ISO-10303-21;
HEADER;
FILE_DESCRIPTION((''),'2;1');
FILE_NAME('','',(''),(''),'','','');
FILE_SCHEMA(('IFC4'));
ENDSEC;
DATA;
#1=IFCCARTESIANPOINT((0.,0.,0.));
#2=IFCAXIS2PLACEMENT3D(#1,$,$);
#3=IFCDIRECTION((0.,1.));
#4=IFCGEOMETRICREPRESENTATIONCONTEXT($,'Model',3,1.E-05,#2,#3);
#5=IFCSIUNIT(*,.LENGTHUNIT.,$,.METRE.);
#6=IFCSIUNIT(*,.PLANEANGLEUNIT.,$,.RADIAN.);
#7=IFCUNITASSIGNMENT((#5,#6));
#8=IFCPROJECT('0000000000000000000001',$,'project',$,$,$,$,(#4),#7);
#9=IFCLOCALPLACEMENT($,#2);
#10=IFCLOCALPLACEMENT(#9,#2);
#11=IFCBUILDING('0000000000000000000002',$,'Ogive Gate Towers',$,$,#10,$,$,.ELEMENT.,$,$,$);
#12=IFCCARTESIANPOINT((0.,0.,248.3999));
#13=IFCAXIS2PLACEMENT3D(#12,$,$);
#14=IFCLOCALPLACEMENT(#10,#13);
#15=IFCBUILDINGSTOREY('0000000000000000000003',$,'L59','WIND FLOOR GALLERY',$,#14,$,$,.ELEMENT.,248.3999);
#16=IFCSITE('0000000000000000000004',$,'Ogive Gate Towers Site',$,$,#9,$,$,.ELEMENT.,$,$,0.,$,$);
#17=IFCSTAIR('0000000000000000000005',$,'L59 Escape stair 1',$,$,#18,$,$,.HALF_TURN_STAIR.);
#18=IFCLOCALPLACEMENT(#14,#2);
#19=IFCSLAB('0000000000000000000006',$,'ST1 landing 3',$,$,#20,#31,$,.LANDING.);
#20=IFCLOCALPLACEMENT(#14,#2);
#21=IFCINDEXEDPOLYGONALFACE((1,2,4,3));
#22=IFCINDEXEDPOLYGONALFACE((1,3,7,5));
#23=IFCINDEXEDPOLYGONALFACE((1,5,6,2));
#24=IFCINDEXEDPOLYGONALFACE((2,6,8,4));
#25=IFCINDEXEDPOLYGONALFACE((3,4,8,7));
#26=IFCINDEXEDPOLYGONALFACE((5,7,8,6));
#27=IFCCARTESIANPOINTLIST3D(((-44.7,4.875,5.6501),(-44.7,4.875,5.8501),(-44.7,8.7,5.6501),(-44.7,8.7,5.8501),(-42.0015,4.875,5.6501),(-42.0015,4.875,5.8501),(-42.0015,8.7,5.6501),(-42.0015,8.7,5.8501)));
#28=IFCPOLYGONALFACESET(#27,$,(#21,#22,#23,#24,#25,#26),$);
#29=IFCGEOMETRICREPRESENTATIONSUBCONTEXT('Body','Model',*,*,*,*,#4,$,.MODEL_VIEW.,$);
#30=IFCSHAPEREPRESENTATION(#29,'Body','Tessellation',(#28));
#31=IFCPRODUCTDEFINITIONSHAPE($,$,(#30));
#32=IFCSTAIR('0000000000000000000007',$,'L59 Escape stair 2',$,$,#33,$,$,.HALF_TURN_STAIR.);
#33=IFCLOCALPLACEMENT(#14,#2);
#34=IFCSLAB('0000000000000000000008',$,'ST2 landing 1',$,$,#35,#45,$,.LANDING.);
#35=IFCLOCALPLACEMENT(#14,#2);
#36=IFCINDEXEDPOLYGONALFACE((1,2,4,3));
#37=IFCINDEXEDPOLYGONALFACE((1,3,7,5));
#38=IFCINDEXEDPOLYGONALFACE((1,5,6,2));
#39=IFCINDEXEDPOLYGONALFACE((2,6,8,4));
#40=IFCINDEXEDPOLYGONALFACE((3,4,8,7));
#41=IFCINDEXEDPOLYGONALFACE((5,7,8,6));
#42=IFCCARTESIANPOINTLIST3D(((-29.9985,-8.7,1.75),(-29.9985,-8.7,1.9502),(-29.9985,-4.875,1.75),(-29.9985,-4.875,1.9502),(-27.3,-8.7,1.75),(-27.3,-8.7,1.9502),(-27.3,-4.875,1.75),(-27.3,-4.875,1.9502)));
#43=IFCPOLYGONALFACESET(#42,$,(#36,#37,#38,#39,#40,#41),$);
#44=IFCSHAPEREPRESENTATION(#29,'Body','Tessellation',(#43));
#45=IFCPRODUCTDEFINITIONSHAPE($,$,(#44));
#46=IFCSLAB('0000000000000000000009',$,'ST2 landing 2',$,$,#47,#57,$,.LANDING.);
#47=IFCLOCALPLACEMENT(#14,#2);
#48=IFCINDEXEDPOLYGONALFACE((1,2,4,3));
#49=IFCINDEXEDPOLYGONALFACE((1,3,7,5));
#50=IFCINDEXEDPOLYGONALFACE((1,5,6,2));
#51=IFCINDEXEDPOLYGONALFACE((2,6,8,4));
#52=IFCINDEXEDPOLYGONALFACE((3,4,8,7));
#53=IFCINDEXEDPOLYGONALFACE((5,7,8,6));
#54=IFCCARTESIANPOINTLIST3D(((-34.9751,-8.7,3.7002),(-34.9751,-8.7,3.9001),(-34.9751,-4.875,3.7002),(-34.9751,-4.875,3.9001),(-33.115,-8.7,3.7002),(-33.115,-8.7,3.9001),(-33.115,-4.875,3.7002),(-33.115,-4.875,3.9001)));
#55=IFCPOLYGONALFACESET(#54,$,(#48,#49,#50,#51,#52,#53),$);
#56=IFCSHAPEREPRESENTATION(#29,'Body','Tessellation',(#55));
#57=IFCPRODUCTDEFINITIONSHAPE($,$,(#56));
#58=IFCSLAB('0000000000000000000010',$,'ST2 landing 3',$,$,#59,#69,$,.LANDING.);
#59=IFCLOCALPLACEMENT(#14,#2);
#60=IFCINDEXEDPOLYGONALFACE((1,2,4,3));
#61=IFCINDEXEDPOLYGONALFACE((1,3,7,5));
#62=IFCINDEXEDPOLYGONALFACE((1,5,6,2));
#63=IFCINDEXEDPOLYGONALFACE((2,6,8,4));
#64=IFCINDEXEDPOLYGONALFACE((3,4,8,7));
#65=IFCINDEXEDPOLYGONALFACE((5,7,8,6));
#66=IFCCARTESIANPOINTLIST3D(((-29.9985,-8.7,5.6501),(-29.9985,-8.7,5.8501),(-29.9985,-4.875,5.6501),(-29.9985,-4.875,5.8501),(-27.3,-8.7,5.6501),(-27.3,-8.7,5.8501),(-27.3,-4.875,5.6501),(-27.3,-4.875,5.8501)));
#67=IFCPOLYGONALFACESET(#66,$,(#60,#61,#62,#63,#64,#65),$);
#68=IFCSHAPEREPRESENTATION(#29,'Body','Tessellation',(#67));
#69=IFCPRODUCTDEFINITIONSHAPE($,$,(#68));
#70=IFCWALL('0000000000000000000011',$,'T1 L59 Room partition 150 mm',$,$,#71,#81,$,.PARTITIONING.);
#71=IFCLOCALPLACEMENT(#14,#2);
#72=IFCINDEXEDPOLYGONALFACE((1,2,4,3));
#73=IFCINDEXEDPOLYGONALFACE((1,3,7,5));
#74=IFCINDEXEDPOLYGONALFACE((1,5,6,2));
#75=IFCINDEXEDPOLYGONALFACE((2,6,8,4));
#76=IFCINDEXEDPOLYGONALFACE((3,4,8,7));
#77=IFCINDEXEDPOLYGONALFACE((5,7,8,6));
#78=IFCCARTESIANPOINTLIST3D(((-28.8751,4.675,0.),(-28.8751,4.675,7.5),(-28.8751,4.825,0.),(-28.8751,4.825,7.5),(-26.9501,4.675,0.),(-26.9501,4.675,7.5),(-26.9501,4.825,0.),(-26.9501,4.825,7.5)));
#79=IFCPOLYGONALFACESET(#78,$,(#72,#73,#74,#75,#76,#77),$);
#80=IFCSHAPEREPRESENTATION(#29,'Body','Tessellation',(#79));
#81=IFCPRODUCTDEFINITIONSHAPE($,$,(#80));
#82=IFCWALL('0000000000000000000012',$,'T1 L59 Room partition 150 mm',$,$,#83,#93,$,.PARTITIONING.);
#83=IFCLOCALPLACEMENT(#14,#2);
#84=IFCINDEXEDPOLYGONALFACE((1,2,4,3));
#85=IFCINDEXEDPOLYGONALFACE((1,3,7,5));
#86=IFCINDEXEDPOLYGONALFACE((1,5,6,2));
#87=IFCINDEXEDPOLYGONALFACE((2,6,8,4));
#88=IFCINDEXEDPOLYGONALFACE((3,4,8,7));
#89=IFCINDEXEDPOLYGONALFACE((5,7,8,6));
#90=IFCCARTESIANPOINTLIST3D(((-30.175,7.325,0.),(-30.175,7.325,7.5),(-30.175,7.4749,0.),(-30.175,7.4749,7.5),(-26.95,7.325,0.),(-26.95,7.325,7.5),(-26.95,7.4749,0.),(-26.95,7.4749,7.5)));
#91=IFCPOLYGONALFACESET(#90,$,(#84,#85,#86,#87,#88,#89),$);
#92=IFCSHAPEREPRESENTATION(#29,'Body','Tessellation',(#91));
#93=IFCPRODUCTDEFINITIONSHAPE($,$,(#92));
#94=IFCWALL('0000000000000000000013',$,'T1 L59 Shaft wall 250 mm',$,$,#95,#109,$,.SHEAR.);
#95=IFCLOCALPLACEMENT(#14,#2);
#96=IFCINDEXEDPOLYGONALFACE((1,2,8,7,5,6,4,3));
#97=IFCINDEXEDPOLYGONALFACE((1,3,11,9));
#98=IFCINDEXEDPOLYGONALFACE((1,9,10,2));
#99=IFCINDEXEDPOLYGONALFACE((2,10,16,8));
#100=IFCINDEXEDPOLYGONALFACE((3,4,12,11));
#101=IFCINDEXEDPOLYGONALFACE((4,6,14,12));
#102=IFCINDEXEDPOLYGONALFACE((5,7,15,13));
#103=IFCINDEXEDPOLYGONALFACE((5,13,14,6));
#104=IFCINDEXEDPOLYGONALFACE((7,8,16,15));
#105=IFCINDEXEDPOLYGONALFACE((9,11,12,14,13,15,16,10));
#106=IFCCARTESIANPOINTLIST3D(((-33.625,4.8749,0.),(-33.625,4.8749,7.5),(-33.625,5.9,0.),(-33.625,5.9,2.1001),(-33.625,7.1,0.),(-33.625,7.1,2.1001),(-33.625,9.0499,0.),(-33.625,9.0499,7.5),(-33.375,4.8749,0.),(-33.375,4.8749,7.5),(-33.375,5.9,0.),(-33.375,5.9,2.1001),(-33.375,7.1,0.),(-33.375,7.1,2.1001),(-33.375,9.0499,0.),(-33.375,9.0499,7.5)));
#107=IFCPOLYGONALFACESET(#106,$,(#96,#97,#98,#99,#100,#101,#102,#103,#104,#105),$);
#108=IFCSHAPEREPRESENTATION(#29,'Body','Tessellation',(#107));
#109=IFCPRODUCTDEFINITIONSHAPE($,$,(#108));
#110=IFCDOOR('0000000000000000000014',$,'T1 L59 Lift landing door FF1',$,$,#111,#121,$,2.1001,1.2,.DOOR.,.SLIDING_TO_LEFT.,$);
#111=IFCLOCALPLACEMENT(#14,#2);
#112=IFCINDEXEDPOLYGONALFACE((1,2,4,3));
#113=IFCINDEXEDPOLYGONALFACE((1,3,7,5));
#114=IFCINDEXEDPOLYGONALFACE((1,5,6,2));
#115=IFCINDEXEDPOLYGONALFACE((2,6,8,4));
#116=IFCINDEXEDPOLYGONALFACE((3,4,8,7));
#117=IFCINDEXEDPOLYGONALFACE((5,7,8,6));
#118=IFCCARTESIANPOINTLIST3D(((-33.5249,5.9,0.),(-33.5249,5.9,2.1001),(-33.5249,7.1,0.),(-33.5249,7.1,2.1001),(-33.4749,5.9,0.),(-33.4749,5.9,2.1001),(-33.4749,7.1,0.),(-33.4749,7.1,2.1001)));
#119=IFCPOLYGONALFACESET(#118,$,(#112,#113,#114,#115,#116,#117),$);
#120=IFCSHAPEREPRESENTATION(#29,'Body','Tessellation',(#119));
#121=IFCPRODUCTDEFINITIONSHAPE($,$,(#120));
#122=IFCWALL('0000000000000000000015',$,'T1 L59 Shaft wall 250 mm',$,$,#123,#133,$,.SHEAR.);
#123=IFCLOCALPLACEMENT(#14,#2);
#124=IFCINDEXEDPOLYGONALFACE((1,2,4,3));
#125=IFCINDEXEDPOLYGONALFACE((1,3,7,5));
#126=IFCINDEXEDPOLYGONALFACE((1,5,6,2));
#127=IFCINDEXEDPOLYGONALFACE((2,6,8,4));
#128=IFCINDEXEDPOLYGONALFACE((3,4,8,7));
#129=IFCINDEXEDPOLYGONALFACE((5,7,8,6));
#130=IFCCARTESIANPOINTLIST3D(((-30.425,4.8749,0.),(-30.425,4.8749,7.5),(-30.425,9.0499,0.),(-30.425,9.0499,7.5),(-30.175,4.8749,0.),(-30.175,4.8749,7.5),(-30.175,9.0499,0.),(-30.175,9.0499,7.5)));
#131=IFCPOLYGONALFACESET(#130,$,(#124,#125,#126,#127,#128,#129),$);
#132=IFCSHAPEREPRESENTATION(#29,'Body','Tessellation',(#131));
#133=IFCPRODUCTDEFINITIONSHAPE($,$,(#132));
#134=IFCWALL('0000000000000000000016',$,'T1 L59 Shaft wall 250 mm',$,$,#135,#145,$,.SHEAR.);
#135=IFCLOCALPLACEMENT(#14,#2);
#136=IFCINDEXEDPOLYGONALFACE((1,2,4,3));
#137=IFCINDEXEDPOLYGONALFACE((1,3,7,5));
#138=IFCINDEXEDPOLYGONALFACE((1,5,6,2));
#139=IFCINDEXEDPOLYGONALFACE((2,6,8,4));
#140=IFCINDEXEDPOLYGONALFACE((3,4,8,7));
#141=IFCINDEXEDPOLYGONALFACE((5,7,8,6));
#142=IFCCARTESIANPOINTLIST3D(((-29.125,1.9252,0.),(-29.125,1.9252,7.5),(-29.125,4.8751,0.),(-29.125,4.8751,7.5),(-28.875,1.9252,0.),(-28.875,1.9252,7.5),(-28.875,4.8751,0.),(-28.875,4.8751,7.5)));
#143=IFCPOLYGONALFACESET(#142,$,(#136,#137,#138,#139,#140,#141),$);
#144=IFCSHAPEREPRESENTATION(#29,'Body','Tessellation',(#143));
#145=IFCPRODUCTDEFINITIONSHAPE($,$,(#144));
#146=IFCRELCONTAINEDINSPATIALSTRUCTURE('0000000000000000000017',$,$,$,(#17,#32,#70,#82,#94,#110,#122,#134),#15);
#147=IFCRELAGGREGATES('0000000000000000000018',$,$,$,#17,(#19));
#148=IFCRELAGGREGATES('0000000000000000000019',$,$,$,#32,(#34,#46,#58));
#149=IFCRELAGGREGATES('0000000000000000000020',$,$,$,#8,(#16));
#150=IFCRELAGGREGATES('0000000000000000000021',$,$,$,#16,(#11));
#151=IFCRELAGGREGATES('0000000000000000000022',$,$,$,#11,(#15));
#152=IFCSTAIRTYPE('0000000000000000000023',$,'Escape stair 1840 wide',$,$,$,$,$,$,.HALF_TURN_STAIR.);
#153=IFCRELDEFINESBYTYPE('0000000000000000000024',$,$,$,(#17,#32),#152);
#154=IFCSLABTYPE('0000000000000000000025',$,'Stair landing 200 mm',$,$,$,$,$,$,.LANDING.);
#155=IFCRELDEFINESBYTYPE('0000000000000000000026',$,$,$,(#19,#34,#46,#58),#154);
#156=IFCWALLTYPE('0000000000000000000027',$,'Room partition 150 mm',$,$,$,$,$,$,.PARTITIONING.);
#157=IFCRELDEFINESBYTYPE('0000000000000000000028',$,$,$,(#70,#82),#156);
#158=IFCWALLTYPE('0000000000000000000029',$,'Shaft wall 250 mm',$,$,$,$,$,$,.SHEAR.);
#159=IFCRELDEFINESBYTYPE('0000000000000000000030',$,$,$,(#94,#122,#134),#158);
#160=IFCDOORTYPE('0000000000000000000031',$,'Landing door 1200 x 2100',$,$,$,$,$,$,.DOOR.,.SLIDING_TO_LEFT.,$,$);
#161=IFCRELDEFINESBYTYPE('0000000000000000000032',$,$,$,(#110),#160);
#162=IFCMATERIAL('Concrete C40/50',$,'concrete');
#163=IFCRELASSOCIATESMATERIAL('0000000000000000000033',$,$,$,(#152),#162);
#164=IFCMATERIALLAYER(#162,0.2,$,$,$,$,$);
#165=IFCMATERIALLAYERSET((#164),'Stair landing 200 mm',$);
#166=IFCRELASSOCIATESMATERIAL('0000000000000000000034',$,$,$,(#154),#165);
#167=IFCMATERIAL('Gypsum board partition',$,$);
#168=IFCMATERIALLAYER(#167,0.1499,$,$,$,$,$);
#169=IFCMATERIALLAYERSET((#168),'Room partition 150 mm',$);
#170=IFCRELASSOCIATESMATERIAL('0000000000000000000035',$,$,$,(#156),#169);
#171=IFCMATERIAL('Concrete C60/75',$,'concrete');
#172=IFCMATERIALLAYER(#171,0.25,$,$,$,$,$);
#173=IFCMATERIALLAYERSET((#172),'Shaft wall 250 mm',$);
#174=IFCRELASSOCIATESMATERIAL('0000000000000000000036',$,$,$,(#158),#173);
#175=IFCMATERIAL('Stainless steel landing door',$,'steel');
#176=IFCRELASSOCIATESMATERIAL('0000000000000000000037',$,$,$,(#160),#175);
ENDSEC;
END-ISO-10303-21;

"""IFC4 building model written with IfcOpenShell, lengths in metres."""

from ifc_helpers import new_model, si_unit, direction, frame, frame_2d, origin, place, context, subcontext, project, spatial, polyline, rectangle, outline, extrude, material, layer, layer_set, type_object, element, fill, aggregate, save


model = new_model("IFC4")

# Units and contexts
model_context = context("Model", 3, precision=1e-05, world=origin(), true_north=direction((0.0, 1.0)))
body_context = subcontext(model_context, "Body", "Model", "MODEL_VIEW")
ifc_project = project(units=[si_unit("LENGTHUNIT", "METRE"), si_unit("PLANEANGLEUNIT", "RADIAN")], contexts=[model_context])

# Site, building, storey
site_placement = place(None, origin())
site = spatial("IfcSite", under=ifc_project, at=site_placement, Name="Ogive Gate Towers Site", CompositionType="ELEMENT", RefElevation=0.0)
building_placement = place(site_placement, origin())
building = spatial("IfcBuilding", under=site, at=building_placement, Name="Ogive Gate Towers", CompositionType="ELEMENT")
storey_placement = place(building_placement, frame((0.0, 0.0, 248.3999)))
storey = spatial("IfcBuildingStorey", under=building, at=storey_placement, Name="L59", Description="WIND FLOOR GALLERY", CompositionType="ELEMENT", Elevation=248.3999)

# Shared definitions
ifc_material_1 = material(Name="Concrete C40/50", Category="concrete")

# Stairs, slabs
stair_type = type_object("IfcStairType", Name="Escape stair 1840 wide", PredefinedType="HALF_TURN_STAIR", material=ifc_material_1)
stair_1_placement = place(storey_placement, origin())
stair_1 = element("IfcStair", 1, at=stair_1_placement, inside=storey, type_object=stair_type, Name="L59 Escape stair 1", PredefinedType="HALF_TURN_STAIR")
ifc_layer_1 = layer(ifc_material_1, 0.2)
ifc_layer_set_1 = layer_set([ifc_layer_1], Name="Stair landing 200 mm")
slab_type_1 = type_object("IfcSlabType", Name="Stair landing 200 mm", PredefinedType="LANDING", material=ifc_layer_set_1)
slab_1_placement = place(storey_placement, frame((0.0, 0.0, 5.6501)))
slab_1 = element("IfcSlab", 2, at=slab_1_placement, type_object=slab_type_1, Name="ST1 landing 3", PredefinedType="LANDING", context=body_context, shape_type="SweptSolid", body=[
    extrude(outline(polyline([(-42.0015, 8.7), (-44.7, 8.7), (-44.7, 4.875), (-42.0015, 4.875), (-42.0015, 8.7)])), origin(), (0.0, 0.0, 1.0), 0.2),
])
aggregate(stair_1, [slab_1])
stair_2_placement = place(storey_placement, origin())
stair_2 = element("IfcStair", 3, at=stair_2_placement, inside=storey, type_object=stair_type, Name="L59 Escape stair 2", PredefinedType="HALF_TURN_STAIR")
slab_2_placement = place(storey_placement, frame((0.0, 0.0, 1.75)))
slab_2 = element("IfcSlab", 4, at=slab_2_placement, type_object=slab_type_1, Name="ST2 landing 1", PredefinedType="LANDING", context=body_context, shape_type="SweptSolid", body=[
    extrude(outline(polyline([(-29.9985, -8.7), (-27.3, -8.7), (-27.3, -4.875), (-29.9985, -4.875), (-29.9985, -8.7)])), origin(), (0.0, 0.0, 1.0), 0.2002),
])
slab_3_placement = place(storey_placement, frame((0.0, 0.0, 3.7002)))
slab_3 = element("IfcSlab", 5, at=slab_3_placement, type_object=slab_type_1, Name="ST2 landing 2", PredefinedType="LANDING", context=body_context, shape_type="SweptSolid", body=[
    extrude(outline(polyline([(-34.9751, -8.7), (-33.115, -8.7), (-33.115, -4.875), (-34.9751, -4.875), (-34.9751, -8.7)])), origin(), (0.0, 0.0, 1.0), 0.2),
])
slab_4_placement = place(storey_placement, frame((0.0, 0.0, 5.6501)))
slab_4 = element("IfcSlab", 6, at=slab_4_placement, type_object=slab_type_1, Name="ST2 landing 3", PredefinedType="LANDING", context=body_context, shape_type="SweptSolid", body=[
    extrude(outline(polyline([(-29.9985, -8.7), (-27.3, -8.7), (-27.3, -4.875), (-29.9985, -4.875), (-29.9985, -8.7)])), origin(), (0.0, 0.0, 1.0), 0.2),
])
aggregate(stair_2, [slab_2, slab_3, slab_4])

# Walls
ifc_material_2 = material(Name="Gypsum board partition")
ifc_layer_2 = layer(ifc_material_2, 0.1499)
ifc_layer_set_2 = layer_set([ifc_layer_2], Name="Room partition 150 mm")
wall_type_1 = type_object("IfcWallType", Name="Room partition 150 mm", PredefinedType="PARTITIONING", material=ifc_layer_set_2)
wall_1_placement = place(storey_placement, frame((-28.875, 4.75, 0.0), z_axis=(0.0, 0.0, 1.0), x_axis=(1.0, 0.0, 0.0)))
element("IfcWall", 7, at=wall_1_placement, inside=storey, type_object=wall_type_1, Name="T1 L59 Room partition 150 mm", PredefinedType="PARTITIONING", context=body_context, shape_type="SweptSolid", body=[
    extrude(rectangle(XDim=1.925, YDim=0.1499, at=frame_2d((0.9624, 0.0))), origin(), (0.0, 0.0, 1.0), 7.5),
])
wall_2_placement = place(storey_placement, frame((-30.175, 7.3999, 0.0), z_axis=(0.0, 0.0, 1.0), x_axis=(1.0, 0.0, 0.0)))
element("IfcWall", 8, at=wall_2_placement, inside=storey, type_object=wall_type_1, Name="T1 L59 Room partition 150 mm", PredefinedType="PARTITIONING", context=body_context, shape_type="SweptSolid", body=[
    extrude(rectangle(XDim=3.2251, YDim=0.1499, at=frame_2d((1.6125, 0.0))), origin(), (0.0, 0.0, 1.0), 7.5),
])

# Wall, opening, door
ifc_material_3 = material(Name="Concrete C60/75", Category="concrete")
ifc_layer_3 = layer(ifc_material_3, 0.25)
ifc_layer_set_3 = layer_set([ifc_layer_3], Name="Shaft wall 250 mm")
wall_type_2 = type_object("IfcWallType", Name="Shaft wall 250 mm", PredefinedType="SHEAR", material=ifc_layer_set_3)
wall_3_placement = place(storey_placement, frame((-33.5, 4.875, 0.0), z_axis=(0.0, 0.0, 1.0), x_axis=(0.0, 1.0, 0.0)))
wall_3 = element("IfcWall", 9, at=wall_3_placement, inside=storey, type_object=wall_type_2, Name="T1 L59 Shaft wall 250 mm", PredefinedType="SHEAR", context=body_context, shape_type="SweptSolid", body=[
    extrude(rectangle(XDim=4.175, YDim=0.25, at=frame_2d((2.0874, 0.0))), origin(), (0.0, 0.0, 1.0), 7.5),
])
opening_placement = place(wall_3_placement, frame((1.0249, 0.0, 0.0)))
opening = element("IfcOpeningElement", 10, at=opening_placement, cuts=wall_3, PredefinedType="OPENING", context=body_context, shape_type="SweptSolid", body=[
    extrude(rectangle(XDim=1.2, YDim=2.1001, at=frame_2d((0.6001, 1.05))), frame((0.0, 0.135, 0.0), z_axis=(0.0, -1.0, 0.0), x_axis=(1.0, 0.0, 0.0)), (0.0, 0.0, 1.0), 0.27),
])
ifc_material_4 = material(Name="Stainless steel landing door", Category="steel")
door_type = type_object("IfcDoorType", Name="Landing door 1200 x 2100", OperationType="SLIDING_TO_LEFT", PredefinedType="DOOR", material=ifc_material_4)
door_placement = place(opening_placement, origin())
door = element("IfcDoor", 11, at=door_placement, inside=storey, type_object=door_type, Name="T1 L59 Lift landing door FF1", OperationType="SLIDING_TO_LEFT", OverallHeight=2.1001, OverallWidth=1.2, PredefinedType="DOOR", context=body_context, shape_type="SweptSolid", body=[
    extrude(rectangle(XDim=1.2, YDim=2.1001, at=frame_2d((0.6001, 1.05))), frame((0.0, 0.0249, 0.0), z_axis=(0.0, -1.0, 0.0), x_axis=(1.0, 0.0, 0.0)), (0.0, 0.0, 1.0), 0.05),
])
fill(opening, door)

# Walls
wall_4_placement = place(storey_placement, frame((-30.3, 4.875, 0.0), z_axis=(0.0, 0.0, 1.0), x_axis=(0.0, 1.0, 0.0)))
element("IfcWall", 12, at=wall_4_placement, inside=storey, type_object=wall_type_2, Name="T1 L59 Shaft wall 250 mm", PredefinedType="SHEAR", context=body_context, shape_type="SweptSolid", body=[
    extrude(rectangle(XDim=4.175, YDim=0.25, at=frame_2d((2.0874, 0.0))), origin(), (0.0, 0.0, 1.0), 7.5),
])
wall_5_placement = place(storey_placement, frame((-29.0, 1.925, 0.0), z_axis=(0.0, 0.0, 1.0), x_axis=(0.0, 1.0, 0.0)))
element("IfcWall", 13, at=wall_5_placement, inside=storey, type_object=wall_type_2, Name="T1 L59 Shaft wall 250 mm", PredefinedType="SHEAR", context=body_context, shape_type="SweptSolid", body=[
    extrude(rectangle(XDim=2.95, YDim=0.25, at=frame_2d((1.4751, 0.0))), origin(), (0.0, 0.0, 1.0), 7.5),
])

save(model, "model.ifc")
